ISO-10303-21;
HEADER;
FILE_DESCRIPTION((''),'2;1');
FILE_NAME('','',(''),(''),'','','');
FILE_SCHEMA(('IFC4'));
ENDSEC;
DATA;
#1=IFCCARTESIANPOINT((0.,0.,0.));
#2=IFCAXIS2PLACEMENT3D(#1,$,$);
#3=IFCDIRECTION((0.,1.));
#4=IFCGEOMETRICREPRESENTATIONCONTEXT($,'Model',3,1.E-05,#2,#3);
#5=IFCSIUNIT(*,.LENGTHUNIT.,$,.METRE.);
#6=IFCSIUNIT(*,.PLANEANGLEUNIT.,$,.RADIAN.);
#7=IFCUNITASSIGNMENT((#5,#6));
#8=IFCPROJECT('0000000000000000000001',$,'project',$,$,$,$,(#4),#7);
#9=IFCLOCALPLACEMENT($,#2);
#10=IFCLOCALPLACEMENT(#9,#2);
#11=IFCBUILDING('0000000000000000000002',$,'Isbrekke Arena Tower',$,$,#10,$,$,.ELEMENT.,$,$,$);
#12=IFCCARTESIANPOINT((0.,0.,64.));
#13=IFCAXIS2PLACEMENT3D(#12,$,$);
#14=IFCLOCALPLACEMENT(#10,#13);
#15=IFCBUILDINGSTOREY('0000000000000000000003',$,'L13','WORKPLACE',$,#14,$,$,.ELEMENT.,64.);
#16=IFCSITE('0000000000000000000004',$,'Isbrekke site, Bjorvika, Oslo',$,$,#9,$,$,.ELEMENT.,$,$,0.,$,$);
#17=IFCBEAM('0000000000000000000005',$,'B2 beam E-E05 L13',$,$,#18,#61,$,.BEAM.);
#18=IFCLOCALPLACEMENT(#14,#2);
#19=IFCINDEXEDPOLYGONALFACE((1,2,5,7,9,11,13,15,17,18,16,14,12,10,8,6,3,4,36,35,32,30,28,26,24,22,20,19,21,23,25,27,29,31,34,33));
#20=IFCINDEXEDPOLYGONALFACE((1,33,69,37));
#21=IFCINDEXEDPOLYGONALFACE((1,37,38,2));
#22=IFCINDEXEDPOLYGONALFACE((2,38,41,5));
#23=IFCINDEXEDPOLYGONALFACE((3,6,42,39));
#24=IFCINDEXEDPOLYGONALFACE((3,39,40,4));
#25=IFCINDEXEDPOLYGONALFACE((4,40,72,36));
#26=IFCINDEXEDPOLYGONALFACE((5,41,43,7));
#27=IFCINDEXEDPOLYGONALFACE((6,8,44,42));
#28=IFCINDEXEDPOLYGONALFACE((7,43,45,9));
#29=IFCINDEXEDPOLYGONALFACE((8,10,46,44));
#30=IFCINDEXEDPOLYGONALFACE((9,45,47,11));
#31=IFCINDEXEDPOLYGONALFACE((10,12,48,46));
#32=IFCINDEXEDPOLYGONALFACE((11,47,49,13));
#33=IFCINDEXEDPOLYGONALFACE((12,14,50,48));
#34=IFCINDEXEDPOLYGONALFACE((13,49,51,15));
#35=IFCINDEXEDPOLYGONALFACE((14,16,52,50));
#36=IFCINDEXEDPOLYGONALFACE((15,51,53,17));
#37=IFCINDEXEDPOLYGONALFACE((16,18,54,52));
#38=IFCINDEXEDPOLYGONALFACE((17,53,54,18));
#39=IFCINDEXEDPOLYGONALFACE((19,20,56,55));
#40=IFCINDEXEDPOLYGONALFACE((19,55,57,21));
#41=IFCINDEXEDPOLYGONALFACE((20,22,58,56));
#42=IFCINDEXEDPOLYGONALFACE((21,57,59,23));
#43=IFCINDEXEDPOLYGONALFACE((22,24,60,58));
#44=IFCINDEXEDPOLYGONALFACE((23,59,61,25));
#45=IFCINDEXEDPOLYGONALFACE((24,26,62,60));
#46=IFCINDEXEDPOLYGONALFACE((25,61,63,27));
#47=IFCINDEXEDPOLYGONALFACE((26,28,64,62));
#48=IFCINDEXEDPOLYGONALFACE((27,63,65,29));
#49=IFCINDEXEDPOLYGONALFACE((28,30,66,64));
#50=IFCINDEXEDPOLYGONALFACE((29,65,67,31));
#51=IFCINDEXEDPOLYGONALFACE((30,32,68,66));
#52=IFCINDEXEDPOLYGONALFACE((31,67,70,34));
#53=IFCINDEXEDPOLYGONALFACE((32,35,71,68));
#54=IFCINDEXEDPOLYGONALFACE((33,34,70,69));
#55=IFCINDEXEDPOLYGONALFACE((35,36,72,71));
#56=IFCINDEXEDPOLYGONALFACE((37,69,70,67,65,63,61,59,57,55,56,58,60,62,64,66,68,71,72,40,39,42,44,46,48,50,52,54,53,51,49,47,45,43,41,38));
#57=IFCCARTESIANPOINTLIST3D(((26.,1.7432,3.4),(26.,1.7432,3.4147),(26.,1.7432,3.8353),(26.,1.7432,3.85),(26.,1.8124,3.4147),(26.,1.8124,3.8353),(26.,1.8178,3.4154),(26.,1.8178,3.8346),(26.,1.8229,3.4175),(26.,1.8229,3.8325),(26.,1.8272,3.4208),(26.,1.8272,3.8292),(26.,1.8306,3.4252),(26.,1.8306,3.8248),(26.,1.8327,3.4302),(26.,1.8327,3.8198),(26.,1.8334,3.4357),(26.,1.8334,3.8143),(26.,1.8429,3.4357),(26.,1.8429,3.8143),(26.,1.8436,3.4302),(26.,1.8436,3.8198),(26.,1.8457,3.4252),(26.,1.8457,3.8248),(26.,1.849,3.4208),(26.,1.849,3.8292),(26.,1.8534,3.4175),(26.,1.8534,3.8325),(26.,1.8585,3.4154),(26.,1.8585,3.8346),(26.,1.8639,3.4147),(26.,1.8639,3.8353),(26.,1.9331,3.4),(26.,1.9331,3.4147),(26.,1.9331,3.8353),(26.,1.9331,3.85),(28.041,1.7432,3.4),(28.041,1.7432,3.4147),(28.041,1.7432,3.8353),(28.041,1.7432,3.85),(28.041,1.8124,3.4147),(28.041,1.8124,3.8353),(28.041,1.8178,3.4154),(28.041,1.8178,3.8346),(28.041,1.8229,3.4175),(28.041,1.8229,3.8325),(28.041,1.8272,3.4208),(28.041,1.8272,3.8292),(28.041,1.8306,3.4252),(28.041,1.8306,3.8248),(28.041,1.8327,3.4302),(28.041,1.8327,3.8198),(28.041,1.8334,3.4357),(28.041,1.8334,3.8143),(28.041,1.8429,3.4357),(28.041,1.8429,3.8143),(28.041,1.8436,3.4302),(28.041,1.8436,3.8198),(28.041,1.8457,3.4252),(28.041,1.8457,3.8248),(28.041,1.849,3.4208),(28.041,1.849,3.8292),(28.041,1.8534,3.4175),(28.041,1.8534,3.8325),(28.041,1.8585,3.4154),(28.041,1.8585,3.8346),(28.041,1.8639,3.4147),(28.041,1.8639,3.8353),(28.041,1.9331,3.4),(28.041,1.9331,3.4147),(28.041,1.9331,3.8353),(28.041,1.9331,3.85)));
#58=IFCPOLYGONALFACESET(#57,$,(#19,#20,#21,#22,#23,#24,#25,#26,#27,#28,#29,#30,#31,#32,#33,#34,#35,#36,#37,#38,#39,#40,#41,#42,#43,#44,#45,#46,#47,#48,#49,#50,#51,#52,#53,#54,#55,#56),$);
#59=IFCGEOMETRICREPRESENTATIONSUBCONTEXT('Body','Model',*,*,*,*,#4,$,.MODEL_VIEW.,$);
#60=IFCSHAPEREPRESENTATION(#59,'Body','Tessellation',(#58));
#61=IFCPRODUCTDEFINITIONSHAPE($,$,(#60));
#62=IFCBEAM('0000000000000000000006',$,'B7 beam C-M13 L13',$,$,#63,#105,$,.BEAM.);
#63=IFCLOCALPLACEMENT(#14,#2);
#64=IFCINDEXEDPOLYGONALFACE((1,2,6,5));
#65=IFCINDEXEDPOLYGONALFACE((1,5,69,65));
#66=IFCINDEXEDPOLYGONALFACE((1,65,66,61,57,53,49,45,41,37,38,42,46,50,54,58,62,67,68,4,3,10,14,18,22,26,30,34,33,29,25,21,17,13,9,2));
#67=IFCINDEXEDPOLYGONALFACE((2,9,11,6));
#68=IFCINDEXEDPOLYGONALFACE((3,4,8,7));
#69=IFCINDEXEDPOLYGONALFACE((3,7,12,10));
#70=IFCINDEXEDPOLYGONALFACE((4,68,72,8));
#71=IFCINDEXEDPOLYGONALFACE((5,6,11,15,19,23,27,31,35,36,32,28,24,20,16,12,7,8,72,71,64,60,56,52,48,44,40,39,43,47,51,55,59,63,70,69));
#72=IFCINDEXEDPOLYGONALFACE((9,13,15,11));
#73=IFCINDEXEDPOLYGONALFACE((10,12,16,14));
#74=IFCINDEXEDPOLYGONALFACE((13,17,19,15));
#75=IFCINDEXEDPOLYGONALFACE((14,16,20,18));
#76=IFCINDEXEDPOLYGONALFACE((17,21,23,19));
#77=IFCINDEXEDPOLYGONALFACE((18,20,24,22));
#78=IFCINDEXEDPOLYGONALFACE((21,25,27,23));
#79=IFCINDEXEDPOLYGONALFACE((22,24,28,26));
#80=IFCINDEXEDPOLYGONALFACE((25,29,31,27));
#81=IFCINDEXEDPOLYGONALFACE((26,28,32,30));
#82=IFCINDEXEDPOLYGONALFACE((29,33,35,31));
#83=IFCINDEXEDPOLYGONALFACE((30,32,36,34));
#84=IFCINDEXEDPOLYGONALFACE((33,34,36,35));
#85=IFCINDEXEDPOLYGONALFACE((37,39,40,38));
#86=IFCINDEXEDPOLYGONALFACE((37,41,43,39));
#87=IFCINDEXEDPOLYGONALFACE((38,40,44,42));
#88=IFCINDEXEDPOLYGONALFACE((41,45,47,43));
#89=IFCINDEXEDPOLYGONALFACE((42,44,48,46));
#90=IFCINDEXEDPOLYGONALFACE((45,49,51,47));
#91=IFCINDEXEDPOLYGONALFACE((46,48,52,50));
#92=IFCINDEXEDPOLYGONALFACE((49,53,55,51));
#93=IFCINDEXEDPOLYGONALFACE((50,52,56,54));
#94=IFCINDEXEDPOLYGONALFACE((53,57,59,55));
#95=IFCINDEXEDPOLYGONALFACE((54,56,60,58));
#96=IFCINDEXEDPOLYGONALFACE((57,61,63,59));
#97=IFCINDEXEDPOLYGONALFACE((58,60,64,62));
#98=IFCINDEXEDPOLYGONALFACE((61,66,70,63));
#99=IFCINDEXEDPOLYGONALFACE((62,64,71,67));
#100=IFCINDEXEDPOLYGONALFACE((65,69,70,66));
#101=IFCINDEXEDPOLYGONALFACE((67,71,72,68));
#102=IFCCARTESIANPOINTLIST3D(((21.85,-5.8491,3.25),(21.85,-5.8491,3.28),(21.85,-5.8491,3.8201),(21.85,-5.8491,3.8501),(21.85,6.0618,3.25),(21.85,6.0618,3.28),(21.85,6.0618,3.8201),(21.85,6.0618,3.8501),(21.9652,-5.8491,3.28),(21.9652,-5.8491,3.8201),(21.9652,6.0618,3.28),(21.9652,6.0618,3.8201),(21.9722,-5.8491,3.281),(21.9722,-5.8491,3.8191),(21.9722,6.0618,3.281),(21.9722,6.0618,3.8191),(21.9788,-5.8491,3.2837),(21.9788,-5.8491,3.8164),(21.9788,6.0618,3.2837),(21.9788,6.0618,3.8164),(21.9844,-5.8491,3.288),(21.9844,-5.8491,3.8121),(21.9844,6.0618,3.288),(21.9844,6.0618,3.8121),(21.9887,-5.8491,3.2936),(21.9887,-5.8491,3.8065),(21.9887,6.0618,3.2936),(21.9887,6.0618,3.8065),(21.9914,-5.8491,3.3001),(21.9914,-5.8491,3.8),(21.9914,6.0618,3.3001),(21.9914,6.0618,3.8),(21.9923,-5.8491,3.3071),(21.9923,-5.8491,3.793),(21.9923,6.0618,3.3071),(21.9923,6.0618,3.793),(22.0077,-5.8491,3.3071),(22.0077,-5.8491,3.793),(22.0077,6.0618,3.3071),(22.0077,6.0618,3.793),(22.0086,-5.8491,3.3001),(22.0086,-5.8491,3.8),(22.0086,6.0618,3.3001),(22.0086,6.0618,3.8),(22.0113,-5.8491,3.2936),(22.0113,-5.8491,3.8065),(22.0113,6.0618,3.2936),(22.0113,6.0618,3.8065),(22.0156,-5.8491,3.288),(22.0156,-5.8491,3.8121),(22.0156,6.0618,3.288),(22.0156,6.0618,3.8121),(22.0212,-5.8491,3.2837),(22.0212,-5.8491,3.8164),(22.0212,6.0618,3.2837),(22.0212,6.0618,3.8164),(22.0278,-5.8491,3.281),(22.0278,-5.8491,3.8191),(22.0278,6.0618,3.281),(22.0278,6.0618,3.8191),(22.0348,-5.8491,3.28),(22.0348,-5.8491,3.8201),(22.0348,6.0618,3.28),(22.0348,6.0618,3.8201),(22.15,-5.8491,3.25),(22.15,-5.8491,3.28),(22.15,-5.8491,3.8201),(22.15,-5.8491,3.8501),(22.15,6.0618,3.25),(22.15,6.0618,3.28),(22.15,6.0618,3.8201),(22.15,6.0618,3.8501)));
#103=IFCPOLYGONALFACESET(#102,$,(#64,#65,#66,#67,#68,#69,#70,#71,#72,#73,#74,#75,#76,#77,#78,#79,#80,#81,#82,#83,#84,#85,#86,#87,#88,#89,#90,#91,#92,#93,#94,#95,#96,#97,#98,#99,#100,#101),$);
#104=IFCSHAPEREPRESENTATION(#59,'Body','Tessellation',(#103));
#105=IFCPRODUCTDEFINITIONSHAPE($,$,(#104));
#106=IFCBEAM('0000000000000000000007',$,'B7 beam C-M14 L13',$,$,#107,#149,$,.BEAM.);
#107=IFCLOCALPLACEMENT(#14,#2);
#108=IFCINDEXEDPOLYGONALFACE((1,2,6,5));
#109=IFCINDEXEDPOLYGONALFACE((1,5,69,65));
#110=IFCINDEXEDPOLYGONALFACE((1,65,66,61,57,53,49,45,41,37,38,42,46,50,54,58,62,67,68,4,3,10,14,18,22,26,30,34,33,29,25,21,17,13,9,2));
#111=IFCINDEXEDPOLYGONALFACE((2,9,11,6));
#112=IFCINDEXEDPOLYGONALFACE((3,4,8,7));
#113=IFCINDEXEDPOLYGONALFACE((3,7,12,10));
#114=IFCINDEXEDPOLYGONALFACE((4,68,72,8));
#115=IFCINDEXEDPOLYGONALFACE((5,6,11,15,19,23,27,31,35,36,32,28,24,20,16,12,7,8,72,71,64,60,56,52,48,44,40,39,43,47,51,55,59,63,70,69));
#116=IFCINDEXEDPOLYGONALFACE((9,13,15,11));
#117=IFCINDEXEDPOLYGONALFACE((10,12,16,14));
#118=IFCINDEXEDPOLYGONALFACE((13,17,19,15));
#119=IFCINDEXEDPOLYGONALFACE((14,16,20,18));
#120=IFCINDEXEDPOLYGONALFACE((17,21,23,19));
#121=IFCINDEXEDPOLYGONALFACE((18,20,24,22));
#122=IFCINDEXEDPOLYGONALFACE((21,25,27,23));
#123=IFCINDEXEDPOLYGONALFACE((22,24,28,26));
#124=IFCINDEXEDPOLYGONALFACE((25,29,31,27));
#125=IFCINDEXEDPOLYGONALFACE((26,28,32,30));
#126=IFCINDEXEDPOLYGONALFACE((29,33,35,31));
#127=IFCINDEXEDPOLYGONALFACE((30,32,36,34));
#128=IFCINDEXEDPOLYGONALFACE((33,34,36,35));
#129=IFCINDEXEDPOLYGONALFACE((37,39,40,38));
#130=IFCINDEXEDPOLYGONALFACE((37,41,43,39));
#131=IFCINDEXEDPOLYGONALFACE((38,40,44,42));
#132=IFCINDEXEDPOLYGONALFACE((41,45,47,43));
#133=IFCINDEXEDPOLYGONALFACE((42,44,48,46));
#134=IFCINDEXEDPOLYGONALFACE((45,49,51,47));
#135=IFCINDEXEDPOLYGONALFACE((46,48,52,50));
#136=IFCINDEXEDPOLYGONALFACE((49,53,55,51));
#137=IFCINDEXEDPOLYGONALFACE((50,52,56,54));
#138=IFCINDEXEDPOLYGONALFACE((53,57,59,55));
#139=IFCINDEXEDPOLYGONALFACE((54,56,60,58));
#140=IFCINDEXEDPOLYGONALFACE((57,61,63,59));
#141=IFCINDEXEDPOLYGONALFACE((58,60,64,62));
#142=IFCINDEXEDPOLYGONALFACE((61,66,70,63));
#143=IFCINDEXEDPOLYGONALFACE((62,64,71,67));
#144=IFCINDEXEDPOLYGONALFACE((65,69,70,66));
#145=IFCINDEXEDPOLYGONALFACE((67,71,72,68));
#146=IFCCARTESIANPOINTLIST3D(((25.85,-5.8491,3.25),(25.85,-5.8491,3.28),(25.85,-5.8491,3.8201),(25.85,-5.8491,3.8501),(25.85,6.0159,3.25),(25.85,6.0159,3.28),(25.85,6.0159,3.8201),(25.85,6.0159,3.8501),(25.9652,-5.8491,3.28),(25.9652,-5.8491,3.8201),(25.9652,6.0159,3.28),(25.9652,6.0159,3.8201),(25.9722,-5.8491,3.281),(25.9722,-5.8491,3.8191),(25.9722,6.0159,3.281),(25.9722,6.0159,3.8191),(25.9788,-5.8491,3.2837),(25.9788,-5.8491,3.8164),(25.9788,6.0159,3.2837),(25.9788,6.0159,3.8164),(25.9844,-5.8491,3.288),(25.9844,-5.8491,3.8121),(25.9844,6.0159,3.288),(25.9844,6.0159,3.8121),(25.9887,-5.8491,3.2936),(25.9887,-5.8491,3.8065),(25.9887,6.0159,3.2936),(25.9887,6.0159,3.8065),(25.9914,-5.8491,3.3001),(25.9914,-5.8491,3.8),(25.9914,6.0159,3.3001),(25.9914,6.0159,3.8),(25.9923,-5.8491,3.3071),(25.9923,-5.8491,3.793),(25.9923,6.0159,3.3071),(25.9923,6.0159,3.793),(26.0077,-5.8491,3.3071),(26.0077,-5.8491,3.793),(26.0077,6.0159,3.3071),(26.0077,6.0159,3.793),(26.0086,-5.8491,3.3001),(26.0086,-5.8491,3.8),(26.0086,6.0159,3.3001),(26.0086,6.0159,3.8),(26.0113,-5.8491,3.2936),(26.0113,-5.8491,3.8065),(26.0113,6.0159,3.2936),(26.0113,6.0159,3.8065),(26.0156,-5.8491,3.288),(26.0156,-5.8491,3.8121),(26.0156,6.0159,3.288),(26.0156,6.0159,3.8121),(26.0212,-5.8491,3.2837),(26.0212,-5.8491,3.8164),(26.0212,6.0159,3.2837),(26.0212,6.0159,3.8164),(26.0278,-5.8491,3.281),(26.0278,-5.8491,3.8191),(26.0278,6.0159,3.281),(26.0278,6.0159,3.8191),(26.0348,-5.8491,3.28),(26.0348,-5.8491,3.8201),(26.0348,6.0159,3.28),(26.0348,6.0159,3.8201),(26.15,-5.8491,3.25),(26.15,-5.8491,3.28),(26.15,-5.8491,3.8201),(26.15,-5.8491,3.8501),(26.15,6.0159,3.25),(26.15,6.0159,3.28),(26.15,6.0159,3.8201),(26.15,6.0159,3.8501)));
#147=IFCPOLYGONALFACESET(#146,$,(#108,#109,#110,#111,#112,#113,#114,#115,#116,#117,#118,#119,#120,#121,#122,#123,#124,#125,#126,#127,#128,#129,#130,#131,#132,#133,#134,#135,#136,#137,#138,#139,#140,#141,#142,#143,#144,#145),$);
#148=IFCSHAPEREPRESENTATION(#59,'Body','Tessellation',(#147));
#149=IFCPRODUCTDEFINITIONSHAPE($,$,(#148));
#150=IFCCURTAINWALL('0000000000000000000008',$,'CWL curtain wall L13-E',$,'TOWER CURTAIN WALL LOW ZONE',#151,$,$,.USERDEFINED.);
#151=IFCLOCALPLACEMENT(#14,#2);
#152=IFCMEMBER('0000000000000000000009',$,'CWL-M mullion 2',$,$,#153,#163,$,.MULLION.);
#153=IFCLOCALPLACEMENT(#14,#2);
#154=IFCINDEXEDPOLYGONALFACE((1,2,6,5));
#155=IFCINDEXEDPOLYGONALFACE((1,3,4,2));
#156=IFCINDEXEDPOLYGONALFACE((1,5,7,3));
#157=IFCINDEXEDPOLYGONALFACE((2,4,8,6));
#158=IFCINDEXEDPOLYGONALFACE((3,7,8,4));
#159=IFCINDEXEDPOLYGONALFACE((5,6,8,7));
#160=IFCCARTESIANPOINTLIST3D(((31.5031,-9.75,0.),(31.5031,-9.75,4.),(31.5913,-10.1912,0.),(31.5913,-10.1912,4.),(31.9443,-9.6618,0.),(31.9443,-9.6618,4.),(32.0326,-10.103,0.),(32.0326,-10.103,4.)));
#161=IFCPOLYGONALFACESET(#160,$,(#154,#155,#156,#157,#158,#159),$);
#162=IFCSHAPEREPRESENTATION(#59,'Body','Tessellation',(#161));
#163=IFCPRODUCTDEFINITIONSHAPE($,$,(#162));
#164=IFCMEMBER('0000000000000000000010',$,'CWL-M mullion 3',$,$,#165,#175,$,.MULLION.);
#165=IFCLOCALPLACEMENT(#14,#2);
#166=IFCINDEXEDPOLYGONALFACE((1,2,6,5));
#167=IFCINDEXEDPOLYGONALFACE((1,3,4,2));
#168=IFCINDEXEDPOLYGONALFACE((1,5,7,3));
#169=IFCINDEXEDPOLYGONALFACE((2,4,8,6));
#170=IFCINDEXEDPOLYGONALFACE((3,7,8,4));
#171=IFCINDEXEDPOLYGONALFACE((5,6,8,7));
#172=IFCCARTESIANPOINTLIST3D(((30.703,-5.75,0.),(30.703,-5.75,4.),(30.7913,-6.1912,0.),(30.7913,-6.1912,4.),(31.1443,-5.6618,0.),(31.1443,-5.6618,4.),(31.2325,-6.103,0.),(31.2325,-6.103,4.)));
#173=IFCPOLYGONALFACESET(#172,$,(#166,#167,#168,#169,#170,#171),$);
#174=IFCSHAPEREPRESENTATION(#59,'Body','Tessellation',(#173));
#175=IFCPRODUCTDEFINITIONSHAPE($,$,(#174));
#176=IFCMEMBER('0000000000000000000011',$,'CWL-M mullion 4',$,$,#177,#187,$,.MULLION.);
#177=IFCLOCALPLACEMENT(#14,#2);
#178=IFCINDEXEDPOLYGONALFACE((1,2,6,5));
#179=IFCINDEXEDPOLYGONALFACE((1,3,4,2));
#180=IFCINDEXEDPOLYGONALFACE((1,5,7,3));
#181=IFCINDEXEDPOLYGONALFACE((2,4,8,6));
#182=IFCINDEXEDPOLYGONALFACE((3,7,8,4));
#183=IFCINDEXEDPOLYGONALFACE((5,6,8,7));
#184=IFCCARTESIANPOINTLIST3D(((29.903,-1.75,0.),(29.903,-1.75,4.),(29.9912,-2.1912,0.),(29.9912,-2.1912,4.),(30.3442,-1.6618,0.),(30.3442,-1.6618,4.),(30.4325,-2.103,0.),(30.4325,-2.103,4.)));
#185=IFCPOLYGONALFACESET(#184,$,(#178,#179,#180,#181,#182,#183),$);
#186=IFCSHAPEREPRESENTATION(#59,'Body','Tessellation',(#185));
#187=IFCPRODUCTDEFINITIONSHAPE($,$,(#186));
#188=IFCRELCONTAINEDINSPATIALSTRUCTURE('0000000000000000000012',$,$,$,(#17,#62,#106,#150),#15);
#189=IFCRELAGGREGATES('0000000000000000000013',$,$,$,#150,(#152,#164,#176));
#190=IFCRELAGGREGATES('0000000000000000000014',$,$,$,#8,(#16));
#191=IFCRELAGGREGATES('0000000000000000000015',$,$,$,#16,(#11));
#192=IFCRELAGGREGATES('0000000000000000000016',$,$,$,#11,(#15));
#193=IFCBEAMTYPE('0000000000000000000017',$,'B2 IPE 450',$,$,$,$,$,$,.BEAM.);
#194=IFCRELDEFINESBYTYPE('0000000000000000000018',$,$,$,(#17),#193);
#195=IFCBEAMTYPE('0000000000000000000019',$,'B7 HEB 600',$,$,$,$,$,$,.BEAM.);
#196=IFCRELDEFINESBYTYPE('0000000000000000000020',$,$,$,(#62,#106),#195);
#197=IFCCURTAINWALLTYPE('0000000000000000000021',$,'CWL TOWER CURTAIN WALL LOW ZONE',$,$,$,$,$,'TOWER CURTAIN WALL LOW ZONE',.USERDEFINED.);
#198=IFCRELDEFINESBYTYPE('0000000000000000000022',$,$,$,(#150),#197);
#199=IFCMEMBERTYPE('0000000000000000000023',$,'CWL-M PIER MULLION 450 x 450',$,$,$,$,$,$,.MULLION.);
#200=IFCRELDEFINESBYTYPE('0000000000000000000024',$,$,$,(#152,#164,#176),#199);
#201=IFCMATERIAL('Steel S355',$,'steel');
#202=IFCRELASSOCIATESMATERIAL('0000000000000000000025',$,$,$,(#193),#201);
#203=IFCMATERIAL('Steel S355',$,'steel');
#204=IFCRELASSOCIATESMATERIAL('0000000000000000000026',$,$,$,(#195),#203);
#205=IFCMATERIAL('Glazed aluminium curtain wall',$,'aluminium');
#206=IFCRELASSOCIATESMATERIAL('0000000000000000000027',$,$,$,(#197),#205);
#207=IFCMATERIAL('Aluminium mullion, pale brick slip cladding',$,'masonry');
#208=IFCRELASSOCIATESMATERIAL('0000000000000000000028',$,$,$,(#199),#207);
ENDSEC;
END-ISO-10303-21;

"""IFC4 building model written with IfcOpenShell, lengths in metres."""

from ifc_helpers import new_model, si_unit, direction, frame, origin, origin_2d, place, context, subcontext, project, spatial, rectangle, i_section, extrude, material, material_profile, profile_set, type_object, element, aggregate, save


model = new_model("IFC4")

# Units and contexts
model_context = context("Model", 3, precision=1e-05, world=origin(), true_north=direction((0.0, 1.0)))
body_context = subcontext(model_context, "Body", "Model", "MODEL_VIEW")
ifc_project = project(units=[si_unit("LENGTHUNIT", "METRE"), si_unit("PLANEANGLEUNIT", "RADIAN")], contexts=[model_context])

# Site, building, storey
site_placement = place(None, origin())
site = spatial("IfcSite", under=ifc_project, at=site_placement, Name="Isbrekke site, Bjorvika, Oslo", CompositionType="ELEMENT", RefElevation=0.0)
building_placement = place(site_placement, origin())
building = spatial("IfcBuilding", under=site, at=building_placement, Name="Isbrekke Arena Tower", CompositionType="ELEMENT")
storey_placement = place(building_placement, frame((0.0, 0.0, 64.0)))
storey = spatial("IfcBuildingStorey", under=building, at=storey_placement, Name="L13", Description="WORKPLACE", CompositionType="ELEMENT", Elevation=64.0)

# Beams
ifc_material_1 = material(Name="Steel S355", Category="steel")
ifc_material_profile_1 = material_profile(ifc_material_1, i_section(OverallWidth=0.1899, OverallDepth=0.45, WebThickness=0.0095, FlangeThickness=0.0146, FilletRadius=0.021, at=origin_2d()), Name="IPE 450")
ifc_profile_set_1 = profile_set([ifc_material_profile_1], Name="Steel S355")
beam_type_1 = type_object("IfcBeamType", Name="B2 IPE 450", PredefinedType="BEAM", material=ifc_profile_set_1)
beam_1_placement = place(storey_placement, frame((28.041, 1.8381, 3.625), z_axis=(-1.0, 0.0, 0.0), x_axis=(0.0, -1.0, 0.0)))
element("IfcBeam", 1, at=beam_1_placement, inside=storey, type_object=beam_type_1, Name="B2 beam E-E05 L13", PredefinedType="BEAM", context=body_context, shape_type="SweptSolid", body=[
    extrude(i_section(OverallWidth=0.1899, OverallDepth=0.45, WebThickness=0.0095, FlangeThickness=0.0146, FilletRadius=0.021, at=origin_2d()), origin(), (0.0, 0.0, 1.0), 2.041),
])
ifc_material_2 = material(Name="Steel S355", Category="steel")
ifc_material_profile_2 = material_profile(ifc_material_2, i_section(OverallWidth=0.3, OverallDepth=0.6001, WebThickness=0.0154, FlangeThickness=0.03, FilletRadius=0.0271, at=origin_2d()), Name="HEB 600")
ifc_profile_set_2 = profile_set([ifc_material_profile_2], Name="Steel S355")
beam_type_2 = type_object("IfcBeamType", Name="B7 HEB 600", PredefinedType="BEAM", material=ifc_profile_set_2)
beam_2_placement = place(storey_placement, frame((22.0, -5.8491, 3.55), z_axis=(0.0, 1.0, 0.0), x_axis=(-1.0, 0.0, 0.0)))
element("IfcBeam", 2, at=beam_2_placement, inside=storey, type_object=beam_type_2, Name="B7 beam C-M13 L13", PredefinedType="BEAM", context=body_context, shape_type="SweptSolid", body=[
    extrude(i_section(OverallWidth=0.3, OverallDepth=0.6001, WebThickness=0.0154, FlangeThickness=0.03, FilletRadius=0.0271, at=origin_2d()), origin(), (0.0, 0.0, 1.0), 11.9109),
])
beam_3_placement = place(storey_placement, frame((26.0, -5.8491, 3.55), z_axis=(0.0, 1.0, 0.0), x_axis=(-1.0, 0.0, 0.0)))
element("IfcBeam", 3, at=beam_3_placement, inside=storey, type_object=beam_type_2, Name="B7 beam C-M14 L13", PredefinedType="BEAM", context=body_context, shape_type="SweptSolid", body=[
    extrude(i_section(OverallWidth=0.3, OverallDepth=0.6001, WebThickness=0.0154, FlangeThickness=0.03, FilletRadius=0.0271, at=origin_2d()), origin(), (0.0, 0.0, 1.0), 11.865),
])

# Curtain wall, members
ifc_material_3 = material(Name="Glazed aluminium curtain wall", Category="aluminium")
curtain_wall_type = type_object("IfcCurtainWallType", Name="CWL TOWER CURTAIN WALL LOW ZONE", ElementType="TOWER CURTAIN WALL LOW ZONE", PredefinedType="USERDEFINED", material=ifc_material_3)
curtain_wall_placement = place(storey_placement, origin())
curtain_wall = element("IfcCurtainWall", 4, at=curtain_wall_placement, inside=storey, type_object=curtain_wall_type, Name="CWL curtain wall L13-E", ObjectType="TOWER CURTAIN WALL LOW ZONE", PredefinedType="USERDEFINED")
ifc_material_4 = material(Name="Aluminium mullion, pale brick slip cladding", Category="masonry")
ifc_material_profile_3 = material_profile(ifc_material_4, rectangle(XDim=0.45, YDim=0.45, at=origin_2d()), Name="PIER 450X450")
ifc_profile_set_3 = profile_set([ifc_material_profile_3], Name="Aluminium mullion, pale brick slip cladding")
member_type_1 = type_object("IfcMemberType", Name="CWL-M PIER MULLION 450 x 450", PredefinedType="MULLION", material=ifc_profile_set_3)
member_1_placement = place(storey_placement, frame((31.7678, -9.9265, 0.0), z_axis=(0.0, 0.0, 1.0), x_axis=(-0.196116, 0.980581, 0.0)))
member_1 = element("IfcMember", 5, at=member_1_placement, type_object=member_type_1, Name="CWL-M mullion 2", PredefinedType="MULLION", context=body_context, shape_type="SweptSolid", body=[
    extrude(rectangle(XDim=0.45, YDim=0.45, at=origin_2d()), origin(), (0.0, 0.0, 1.0), 4.0),
])
member_2_placement = place(storey_placement, frame((30.9678, -5.9265, 0.0), z_axis=(0.0, 0.0, 1.0), x_axis=(-0.196116, 0.980581, 0.0)))
member_2 = element("IfcMember", 6, at=member_2_placement, type_object=member_type_1, Name="CWL-M mullion 3", PredefinedType="MULLION", context=body_context, shape_type="SweptSolid", body=[
    extrude(rectangle(XDim=0.45, YDim=0.45, at=origin_2d()), origin(), (0.0, 0.0, 1.0), 4.0),
])
member_3_placement = place(storey_placement, frame((30.1677, -1.9265, 0.0), z_axis=(0.0, 0.0, 1.0), x_axis=(-0.196116, 0.980581, 0.0)))
member_3 = element("IfcMember", 7, at=member_3_placement, type_object=member_type_1, Name="CWL-M mullion 4", PredefinedType="MULLION", context=body_context, shape_type="SweptSolid", body=[
    extrude(rectangle(XDim=0.45, YDim=0.45, at=origin_2d()), origin(), (0.0, 0.0, 1.0), 4.0),
])

aggregate(curtain_wall, [member_1, member_2, member_3])

save(model, "model.ifc")
